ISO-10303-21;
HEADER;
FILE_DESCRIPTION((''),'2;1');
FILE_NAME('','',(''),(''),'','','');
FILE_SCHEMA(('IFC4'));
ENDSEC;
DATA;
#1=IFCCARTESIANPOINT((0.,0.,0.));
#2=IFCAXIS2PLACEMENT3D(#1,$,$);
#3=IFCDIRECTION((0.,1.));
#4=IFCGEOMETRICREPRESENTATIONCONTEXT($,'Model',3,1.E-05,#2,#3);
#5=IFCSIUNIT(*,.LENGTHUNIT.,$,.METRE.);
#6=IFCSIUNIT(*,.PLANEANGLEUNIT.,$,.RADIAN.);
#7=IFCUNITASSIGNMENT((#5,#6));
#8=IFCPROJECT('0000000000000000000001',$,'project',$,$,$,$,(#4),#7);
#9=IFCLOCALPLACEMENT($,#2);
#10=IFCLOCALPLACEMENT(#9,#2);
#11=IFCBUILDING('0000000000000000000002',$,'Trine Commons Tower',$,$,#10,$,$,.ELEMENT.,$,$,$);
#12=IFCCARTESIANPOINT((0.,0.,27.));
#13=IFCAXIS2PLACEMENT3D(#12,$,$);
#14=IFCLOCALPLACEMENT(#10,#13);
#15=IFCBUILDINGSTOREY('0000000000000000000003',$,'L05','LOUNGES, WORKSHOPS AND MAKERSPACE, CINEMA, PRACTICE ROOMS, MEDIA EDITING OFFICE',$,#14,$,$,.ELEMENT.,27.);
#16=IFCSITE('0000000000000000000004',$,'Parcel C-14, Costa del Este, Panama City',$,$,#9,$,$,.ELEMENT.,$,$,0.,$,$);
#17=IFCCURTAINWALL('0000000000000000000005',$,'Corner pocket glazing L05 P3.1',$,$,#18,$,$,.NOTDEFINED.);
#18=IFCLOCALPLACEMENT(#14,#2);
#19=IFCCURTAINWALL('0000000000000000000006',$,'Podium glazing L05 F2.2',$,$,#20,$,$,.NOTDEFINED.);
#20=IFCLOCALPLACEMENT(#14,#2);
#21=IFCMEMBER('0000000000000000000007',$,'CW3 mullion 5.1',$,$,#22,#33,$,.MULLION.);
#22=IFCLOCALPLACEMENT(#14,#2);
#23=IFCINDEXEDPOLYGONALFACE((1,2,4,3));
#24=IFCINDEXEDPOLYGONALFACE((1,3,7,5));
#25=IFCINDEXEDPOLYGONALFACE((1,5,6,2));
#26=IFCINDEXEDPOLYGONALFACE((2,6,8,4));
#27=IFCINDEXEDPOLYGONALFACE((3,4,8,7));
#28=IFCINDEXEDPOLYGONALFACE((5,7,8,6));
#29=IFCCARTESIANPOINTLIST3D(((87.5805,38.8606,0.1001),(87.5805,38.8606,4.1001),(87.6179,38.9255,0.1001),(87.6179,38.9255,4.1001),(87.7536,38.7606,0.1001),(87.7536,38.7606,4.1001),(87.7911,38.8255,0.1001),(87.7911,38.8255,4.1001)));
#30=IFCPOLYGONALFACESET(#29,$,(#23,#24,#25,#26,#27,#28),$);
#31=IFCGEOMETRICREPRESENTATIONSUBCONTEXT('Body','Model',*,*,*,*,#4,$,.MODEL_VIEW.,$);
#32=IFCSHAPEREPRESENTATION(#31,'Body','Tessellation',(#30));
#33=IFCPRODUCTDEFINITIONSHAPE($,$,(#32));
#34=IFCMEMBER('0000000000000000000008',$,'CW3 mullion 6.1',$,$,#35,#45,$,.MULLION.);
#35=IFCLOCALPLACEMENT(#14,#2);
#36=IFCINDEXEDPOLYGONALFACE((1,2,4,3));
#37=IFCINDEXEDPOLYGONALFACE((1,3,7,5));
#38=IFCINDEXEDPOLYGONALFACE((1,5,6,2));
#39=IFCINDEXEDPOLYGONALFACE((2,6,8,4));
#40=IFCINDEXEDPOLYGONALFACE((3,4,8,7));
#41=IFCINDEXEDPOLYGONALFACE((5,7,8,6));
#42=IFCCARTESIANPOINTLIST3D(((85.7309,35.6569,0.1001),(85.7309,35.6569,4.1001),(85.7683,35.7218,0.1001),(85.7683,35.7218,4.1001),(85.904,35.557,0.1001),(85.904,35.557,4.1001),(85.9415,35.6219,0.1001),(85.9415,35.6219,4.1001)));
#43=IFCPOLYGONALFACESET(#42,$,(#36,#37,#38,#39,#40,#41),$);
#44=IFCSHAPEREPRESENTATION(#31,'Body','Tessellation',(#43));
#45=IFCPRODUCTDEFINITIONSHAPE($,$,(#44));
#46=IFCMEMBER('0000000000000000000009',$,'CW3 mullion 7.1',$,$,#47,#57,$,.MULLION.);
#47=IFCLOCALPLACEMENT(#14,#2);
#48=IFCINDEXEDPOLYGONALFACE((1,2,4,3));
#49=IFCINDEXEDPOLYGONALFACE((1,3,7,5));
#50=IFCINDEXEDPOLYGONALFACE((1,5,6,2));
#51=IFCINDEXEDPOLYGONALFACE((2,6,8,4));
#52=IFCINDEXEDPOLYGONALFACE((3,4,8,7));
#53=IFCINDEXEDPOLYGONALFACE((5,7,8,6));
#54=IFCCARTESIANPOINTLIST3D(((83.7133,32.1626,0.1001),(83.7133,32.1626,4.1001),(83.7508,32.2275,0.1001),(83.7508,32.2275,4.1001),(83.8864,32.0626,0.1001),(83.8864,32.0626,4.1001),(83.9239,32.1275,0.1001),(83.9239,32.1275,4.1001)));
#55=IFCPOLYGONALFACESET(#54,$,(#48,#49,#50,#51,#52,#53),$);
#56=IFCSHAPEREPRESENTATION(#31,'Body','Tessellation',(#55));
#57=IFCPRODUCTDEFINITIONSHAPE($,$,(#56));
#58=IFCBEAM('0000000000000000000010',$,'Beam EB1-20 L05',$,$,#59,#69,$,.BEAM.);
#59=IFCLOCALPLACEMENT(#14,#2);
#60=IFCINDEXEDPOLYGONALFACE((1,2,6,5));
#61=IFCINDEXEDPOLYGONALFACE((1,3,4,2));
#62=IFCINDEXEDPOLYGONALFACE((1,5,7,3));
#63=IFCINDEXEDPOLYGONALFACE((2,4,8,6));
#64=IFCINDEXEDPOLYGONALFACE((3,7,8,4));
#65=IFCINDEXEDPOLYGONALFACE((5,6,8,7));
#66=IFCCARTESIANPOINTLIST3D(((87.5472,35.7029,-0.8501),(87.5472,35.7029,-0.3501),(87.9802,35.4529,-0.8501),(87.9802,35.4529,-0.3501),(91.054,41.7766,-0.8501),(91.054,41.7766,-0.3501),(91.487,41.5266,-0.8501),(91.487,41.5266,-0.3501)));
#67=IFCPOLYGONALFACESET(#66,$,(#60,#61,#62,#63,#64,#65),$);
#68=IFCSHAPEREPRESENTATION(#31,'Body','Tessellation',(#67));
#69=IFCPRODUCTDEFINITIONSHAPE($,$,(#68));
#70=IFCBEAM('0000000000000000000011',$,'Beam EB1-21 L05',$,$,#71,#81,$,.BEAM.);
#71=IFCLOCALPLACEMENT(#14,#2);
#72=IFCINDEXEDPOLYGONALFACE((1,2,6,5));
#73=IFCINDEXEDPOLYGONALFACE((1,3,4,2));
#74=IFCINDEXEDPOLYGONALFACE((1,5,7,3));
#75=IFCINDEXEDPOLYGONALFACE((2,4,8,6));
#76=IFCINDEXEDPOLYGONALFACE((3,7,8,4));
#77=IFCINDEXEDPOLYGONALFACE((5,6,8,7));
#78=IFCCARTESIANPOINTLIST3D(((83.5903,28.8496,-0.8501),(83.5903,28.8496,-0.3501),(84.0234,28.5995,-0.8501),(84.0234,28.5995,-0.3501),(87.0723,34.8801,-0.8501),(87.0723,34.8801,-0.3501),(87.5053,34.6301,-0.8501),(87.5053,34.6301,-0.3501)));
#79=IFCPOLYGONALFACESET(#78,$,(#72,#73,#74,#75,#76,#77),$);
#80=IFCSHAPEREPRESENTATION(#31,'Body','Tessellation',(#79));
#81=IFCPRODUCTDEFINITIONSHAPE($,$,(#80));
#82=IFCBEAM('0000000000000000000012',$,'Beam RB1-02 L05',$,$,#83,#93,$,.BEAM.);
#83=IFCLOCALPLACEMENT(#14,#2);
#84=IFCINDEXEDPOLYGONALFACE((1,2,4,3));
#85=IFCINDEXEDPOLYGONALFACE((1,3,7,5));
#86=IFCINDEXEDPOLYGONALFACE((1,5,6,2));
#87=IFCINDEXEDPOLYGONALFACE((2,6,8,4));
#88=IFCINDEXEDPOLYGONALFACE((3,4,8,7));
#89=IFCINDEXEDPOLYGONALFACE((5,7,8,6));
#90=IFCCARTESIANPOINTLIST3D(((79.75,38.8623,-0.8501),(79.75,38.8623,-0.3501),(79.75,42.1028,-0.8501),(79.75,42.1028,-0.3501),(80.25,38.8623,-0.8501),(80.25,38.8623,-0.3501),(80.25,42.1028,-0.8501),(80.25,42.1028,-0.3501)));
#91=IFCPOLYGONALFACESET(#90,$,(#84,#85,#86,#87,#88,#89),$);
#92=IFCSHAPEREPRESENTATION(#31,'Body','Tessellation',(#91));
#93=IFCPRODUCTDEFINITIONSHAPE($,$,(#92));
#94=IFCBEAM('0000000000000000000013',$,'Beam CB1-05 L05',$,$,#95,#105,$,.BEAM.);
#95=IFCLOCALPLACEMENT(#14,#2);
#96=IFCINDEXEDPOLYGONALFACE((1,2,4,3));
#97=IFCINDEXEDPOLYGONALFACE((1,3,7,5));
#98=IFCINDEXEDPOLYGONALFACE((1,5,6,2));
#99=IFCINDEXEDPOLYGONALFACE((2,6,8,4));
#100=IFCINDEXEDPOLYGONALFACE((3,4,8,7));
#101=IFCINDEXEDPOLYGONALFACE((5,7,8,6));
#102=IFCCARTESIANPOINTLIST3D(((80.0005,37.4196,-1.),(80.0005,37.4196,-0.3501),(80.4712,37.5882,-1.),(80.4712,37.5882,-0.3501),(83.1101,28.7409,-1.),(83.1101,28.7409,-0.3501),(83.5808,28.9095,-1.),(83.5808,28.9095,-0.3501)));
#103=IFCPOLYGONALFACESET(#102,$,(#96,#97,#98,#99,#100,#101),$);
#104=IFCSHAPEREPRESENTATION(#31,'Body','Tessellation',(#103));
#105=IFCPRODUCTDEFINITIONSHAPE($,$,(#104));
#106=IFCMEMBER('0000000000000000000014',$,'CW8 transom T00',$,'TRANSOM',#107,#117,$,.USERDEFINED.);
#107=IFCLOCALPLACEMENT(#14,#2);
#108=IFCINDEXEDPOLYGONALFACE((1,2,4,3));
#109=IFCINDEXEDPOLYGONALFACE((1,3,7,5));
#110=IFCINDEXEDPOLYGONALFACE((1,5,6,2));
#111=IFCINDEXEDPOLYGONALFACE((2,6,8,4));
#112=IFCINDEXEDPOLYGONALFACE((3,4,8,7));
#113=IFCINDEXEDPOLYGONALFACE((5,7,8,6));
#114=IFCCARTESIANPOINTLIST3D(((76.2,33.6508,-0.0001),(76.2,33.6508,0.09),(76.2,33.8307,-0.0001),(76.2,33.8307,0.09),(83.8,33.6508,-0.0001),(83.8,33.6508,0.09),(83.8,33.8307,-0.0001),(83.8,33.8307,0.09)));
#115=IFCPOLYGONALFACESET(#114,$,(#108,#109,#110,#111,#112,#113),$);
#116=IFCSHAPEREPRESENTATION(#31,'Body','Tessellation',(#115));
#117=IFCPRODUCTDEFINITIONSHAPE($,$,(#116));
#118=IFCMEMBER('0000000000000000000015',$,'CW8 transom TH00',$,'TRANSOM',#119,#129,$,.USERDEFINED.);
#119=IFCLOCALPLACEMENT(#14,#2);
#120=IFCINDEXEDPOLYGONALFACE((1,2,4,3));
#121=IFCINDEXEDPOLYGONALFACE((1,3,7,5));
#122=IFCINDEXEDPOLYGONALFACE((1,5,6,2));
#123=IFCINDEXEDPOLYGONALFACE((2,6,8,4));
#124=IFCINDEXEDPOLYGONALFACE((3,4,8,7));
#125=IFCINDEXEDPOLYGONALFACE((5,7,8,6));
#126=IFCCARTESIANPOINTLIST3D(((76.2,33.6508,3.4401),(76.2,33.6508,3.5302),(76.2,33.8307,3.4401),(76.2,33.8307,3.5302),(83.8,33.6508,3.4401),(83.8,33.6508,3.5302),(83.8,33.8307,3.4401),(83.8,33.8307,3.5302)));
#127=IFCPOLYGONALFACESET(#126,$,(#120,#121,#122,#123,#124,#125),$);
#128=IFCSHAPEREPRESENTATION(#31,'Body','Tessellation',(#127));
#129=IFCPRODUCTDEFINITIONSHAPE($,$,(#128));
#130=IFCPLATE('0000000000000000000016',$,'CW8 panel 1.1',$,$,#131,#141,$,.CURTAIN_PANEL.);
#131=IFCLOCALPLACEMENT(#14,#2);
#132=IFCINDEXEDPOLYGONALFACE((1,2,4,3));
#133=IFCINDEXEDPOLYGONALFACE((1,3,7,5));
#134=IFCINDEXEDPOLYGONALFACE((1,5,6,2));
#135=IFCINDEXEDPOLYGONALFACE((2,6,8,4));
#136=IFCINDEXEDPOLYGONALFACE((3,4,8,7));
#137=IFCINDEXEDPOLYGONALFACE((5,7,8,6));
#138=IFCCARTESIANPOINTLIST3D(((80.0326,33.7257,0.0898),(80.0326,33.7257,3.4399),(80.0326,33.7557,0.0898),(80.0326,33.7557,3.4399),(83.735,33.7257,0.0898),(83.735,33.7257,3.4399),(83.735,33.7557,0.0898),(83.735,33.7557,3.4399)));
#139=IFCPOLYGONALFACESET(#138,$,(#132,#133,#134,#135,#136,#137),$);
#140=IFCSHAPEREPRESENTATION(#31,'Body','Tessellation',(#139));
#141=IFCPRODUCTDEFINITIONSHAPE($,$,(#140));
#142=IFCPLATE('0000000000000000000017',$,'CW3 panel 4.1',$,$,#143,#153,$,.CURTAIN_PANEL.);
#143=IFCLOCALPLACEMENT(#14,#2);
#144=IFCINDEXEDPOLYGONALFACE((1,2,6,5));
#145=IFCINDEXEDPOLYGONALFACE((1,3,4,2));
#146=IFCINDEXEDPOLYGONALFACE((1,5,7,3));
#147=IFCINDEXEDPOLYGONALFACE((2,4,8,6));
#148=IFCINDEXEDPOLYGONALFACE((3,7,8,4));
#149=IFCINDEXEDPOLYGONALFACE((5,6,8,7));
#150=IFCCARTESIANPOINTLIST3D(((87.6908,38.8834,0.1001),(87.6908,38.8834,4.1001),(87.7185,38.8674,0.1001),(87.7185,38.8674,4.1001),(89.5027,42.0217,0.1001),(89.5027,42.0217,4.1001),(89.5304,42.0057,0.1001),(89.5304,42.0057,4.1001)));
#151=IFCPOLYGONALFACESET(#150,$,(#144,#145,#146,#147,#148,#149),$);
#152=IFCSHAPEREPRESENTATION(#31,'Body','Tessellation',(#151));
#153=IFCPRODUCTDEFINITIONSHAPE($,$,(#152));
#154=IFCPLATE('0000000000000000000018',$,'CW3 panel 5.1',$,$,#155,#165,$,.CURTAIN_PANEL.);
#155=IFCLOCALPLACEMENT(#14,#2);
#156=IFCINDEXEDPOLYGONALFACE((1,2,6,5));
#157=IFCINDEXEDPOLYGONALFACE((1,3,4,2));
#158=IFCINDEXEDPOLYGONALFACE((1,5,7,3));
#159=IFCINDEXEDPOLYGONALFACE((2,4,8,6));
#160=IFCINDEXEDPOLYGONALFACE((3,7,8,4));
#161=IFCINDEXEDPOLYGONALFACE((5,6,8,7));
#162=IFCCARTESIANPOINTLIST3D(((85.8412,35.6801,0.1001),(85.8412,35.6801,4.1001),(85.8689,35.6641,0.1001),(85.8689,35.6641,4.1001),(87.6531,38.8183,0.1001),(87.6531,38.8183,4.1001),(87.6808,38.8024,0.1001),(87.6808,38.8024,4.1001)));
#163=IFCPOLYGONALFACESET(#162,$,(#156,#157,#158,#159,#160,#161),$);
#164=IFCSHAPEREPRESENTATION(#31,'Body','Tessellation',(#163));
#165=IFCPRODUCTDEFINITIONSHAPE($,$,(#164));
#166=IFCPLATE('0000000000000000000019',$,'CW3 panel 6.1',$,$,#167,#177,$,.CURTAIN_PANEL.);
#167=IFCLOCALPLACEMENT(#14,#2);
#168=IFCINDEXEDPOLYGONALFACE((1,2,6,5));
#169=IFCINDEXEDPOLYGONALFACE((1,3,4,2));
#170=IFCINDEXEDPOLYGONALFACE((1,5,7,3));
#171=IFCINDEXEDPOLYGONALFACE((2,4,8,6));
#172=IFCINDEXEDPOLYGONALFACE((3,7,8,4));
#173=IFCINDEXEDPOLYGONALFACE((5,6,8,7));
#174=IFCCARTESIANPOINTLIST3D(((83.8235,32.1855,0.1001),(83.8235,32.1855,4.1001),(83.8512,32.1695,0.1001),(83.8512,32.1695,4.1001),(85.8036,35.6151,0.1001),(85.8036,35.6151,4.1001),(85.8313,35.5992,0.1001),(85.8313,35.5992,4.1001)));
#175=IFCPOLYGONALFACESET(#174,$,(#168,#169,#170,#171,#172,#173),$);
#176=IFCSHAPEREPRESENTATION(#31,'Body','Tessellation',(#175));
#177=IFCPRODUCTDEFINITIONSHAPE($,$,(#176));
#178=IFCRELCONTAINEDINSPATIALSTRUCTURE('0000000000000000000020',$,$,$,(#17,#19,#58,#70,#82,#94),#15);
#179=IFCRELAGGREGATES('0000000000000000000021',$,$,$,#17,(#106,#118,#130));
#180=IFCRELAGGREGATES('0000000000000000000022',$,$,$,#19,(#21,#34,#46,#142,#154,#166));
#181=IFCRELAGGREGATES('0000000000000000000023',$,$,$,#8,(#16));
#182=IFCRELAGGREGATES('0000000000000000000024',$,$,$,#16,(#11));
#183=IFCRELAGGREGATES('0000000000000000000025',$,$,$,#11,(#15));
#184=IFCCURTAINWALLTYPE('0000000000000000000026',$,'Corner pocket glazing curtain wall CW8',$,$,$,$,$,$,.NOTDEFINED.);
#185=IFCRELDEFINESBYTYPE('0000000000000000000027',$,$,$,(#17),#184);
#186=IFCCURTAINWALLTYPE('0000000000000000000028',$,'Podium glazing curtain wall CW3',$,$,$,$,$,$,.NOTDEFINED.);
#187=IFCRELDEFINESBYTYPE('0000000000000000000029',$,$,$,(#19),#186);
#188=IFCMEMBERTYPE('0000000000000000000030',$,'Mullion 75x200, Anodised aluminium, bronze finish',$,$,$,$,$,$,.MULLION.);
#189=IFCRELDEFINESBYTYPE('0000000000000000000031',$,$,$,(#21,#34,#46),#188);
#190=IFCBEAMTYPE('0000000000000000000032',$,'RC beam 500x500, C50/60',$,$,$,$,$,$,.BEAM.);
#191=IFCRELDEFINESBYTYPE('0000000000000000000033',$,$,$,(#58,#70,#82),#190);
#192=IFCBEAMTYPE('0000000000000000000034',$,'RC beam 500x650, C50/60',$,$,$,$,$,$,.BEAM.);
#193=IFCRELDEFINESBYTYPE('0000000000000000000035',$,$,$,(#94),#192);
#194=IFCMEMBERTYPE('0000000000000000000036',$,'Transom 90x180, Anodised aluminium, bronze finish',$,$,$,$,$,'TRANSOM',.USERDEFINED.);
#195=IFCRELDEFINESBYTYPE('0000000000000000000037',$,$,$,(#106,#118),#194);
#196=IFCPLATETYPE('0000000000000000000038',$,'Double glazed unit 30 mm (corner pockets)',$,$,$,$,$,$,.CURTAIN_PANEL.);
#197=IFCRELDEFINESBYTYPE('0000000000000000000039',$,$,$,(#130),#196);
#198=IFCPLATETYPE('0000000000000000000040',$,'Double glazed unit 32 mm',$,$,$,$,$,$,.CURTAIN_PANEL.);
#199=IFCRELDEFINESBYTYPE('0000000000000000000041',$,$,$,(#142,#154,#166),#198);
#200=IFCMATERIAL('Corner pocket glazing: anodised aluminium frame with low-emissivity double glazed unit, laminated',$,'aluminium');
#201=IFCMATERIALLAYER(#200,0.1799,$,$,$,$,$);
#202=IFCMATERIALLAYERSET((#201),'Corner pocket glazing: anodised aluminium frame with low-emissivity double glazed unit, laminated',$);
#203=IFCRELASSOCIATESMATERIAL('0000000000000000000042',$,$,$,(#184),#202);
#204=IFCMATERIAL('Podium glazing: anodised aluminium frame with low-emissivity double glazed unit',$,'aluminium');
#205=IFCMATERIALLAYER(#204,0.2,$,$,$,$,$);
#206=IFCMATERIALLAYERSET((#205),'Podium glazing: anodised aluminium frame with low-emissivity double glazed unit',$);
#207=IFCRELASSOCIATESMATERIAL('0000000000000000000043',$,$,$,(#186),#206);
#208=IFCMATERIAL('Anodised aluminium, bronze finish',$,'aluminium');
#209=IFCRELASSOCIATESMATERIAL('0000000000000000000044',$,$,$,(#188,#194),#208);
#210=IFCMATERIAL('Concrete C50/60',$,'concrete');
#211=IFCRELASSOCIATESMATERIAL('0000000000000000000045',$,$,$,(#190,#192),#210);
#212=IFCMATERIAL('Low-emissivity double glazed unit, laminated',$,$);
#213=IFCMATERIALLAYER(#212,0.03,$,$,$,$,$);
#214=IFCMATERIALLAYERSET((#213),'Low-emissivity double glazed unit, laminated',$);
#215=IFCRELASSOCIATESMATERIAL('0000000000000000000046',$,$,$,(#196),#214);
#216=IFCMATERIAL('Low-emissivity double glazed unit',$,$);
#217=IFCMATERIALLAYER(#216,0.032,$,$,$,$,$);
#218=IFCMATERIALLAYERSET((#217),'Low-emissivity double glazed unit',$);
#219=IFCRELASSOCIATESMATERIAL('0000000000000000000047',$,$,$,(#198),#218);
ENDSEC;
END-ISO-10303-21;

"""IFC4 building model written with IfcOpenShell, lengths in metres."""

from ifc_helpers import new_model, si_unit, direction, frame, origin, origin_2d, place, context, subcontext, project, spatial, rectangle, extrude, material, layer, layer_set, material_profile, profile_set, type_object, element, aggregate, save


model = new_model("IFC4")

# Units and contexts
model_context = context("Model", 3, precision=1e-05, world=origin(), true_north=direction((0.0, 1.0)))
body_context = subcontext(model_context, "Body", "Model", "MODEL_VIEW")
ifc_project = project(units=[si_unit("LENGTHUNIT", "METRE"), si_unit("PLANEANGLEUNIT", "RADIAN")], contexts=[model_context])

# Site, building, storey
site_placement = place(None, origin())
site = spatial("IfcSite", under=ifc_project, at=site_placement, Name="Parcel C-14, Costa del Este, Panama City", CompositionType="ELEMENT", RefElevation=0.0)
building_placement = place(site_placement, origin())
building = spatial("IfcBuilding", under=site, at=building_placement, Name="Trine Commons Tower", CompositionType="ELEMENT")
storey_placement = place(building_placement, frame((0.0, 0.0, 27.0)))
storey = spatial("IfcBuildingStorey", under=building, at=storey_placement, Name="L05", Description="LOUNGES, WORKSHOPS AND MAKERSPACE, CINEMA, PRACTICE ROOMS, MEDIA EDITING OFFICE", CompositionType="ELEMENT", Elevation=27.0)

# Curtain walls, members
ifc_material_1 = material(Name="Corner pocket glazing: anodised aluminium frame with low-emissivity double glazed unit, laminated", Category="aluminium")
ifc_layer_1 = layer(ifc_material_1, 0.1799)
ifc_layer_set_1 = layer_set([ifc_layer_1], Name="Corner pocket glazing: anodised aluminium frame with low-emissivity double glazed unit, laminated")
curtain_wall_type_1 = type_object("IfcCurtainWallType", Name="Corner pocket glazing curtain wall CW8", PredefinedType="NOTDEFINED", material=ifc_layer_set_1)
curtain_wall_1_placement = place(storey_placement, origin())
curtain_wall_1 = element("IfcCurtainWall", 1, at=curtain_wall_1_placement, inside=storey, type_object=curtain_wall_type_1, Name="Corner pocket glazing L05 P3.1", PredefinedType="NOTDEFINED")
ifc_material_2 = material(Name="Anodised aluminium, bronze finish", Category="aluminium")
ifc_material_3 = material(Name="Podium glazing: anodised aluminium frame with low-emissivity double glazed unit", Category="aluminium")
ifc_layer_2 = layer(ifc_material_3, 0.2)
ifc_layer_set_2 = layer_set([ifc_layer_2], Name="Podium glazing: anodised aluminium frame with low-emissivity double glazed unit")
curtain_wall_type_2 = type_object("IfcCurtainWallType", Name="Podium glazing curtain wall CW3", PredefinedType="NOTDEFINED", material=ifc_layer_set_2)
curtain_wall_2_placement = place(storey_placement, origin())
curtain_wall_2 = element("IfcCurtainWall", 2, at=curtain_wall_2_placement, inside=storey, type_object=curtain_wall_type_2, Name="Podium glazing L05 F2.2", PredefinedType="NOTDEFINED")
ifc_material_profile_1 = material_profile(ifc_material_2, rectangle(XDim=0.2, YDim=0.075, at=origin_2d()), Name="Mullion 75x200")
ifc_profile_set_1 = profile_set([ifc_material_profile_1], Name="Anodised aluminium, bronze finish")
member_type_1 = type_object("IfcMemberType", Name="Mullion 75x200, Anodised aluminium, bronze finish", PredefinedType="MULLION", material=ifc_profile_set_1)
member_1_placement = place(storey_placement, frame((87.6858, 38.843, 0.1001), z_axis=(0.0, 0.0, 1.0), x_axis=(0.866025, -0.5, 0.0)))
member_1 = element("IfcMember", 3, at=member_1_placement, type_object=member_type_1, Name="CW3 mullion 5.1", PredefinedType="MULLION", context=body_context, shape_type="SweptSolid", body=[
    extrude(rectangle(XDim=0.2, YDim=0.075, at=origin_2d()), origin(), (0.0, 0.0, 1.0), 4.0),
])
member_2_placement = place(storey_placement, frame((85.8362, 35.6394, 0.1001), z_axis=(0.0, 0.0, 1.0), x_axis=(0.866025, -0.5, 0.0)))
member_2 = element("IfcMember", 4, at=member_2_placement, type_object=member_type_1, Name="CW3 mullion 6.1", PredefinedType="MULLION", context=body_context, shape_type="SweptSolid", body=[
    extrude(rectangle(XDim=0.2, YDim=0.075, at=origin_2d()), origin(), (0.0, 0.0, 1.0), 4.0),
])
member_3_placement = place(storey_placement, frame((83.8186, 32.145, 0.1001), z_axis=(0.0, 0.0, 1.0), x_axis=(0.866025, -0.5, 0.0)))
member_3 = element("IfcMember", 5, at=member_3_placement, type_object=member_type_1, Name="CW3 mullion 7.1", PredefinedType="MULLION", context=body_context, shape_type="SweptSolid", body=[
    extrude(rectangle(XDim=0.2, YDim=0.075, at=origin_2d()), origin(), (0.0, 0.0, 1.0), 4.0),
])

# Beams
ifc_material_4 = material(Name="Concrete C50/60", Category="concrete")
ifc_material_profile_2 = material_profile(ifc_material_4, rectangle(XDim=0.5, YDim=0.5, at=origin_2d()), Name="RC 500x500")
ifc_profile_set_2 = profile_set([ifc_material_profile_2], Name="Concrete C50/60")
beam_type_1 = type_object("IfcBeamType", Name="RC beam 500x500, C50/60", PredefinedType="BEAM", material=ifc_profile_set_2)
beam_1_placement = place(storey_placement, frame((91.2705, 41.6516, -0.6001), z_axis=(-0.500018, -0.866015, 0.0), x_axis=(0.866015, -0.500018, 0.0)))
element("IfcBeam", 6, at=beam_1_placement, inside=storey, type_object=beam_type_1, Name="Beam EB1-20 L05", PredefinedType="BEAM", context=body_context, shape_type="SweptSolid", body=[
    extrude(rectangle(XDim=0.5, YDim=0.5, at=origin_2d()), origin(), (0.0, 0.0, 1.0), 7.0134),
])
beam_2_placement = place(storey_placement, frame((87.2888, 34.7551, -0.6001), z_axis=(-0.500023, -0.866012, 0.0), x_axis=(0.866012, -0.500023, 0.0)))
element("IfcBeam", 7, at=beam_2_placement, inside=storey, type_object=beam_type_1, Name="Beam EB1-21 L05", PredefinedType="BEAM", context=body_context, shape_type="SweptSolid", body=[
    extrude(rectangle(XDim=0.5, YDim=0.5, at=origin_2d()), origin(), (0.0, 0.0, 1.0), 6.9636),
])
beam_3_placement = place(storey_placement, frame((80.0, 42.1028, -0.6001), z_axis=(0.0, -1.0, 0.0), x_axis=(1.0, 0.0, 0.0)))
element("IfcBeam", 8, at=beam_3_placement, inside=storey, type_object=beam_type_1, Name="Beam RB1-02 L05", PredefinedType="BEAM", context=body_context, shape_type="SweptSolid", body=[
    extrude(rectangle(XDim=0.5, YDim=0.5, at=origin_2d()), origin(), (0.0, 0.0, 1.0), 3.2405),
])
ifc_material_profile_3 = material_profile(ifc_material_4, rectangle(XDim=0.5, YDim=0.6499, at=origin_2d()), Name="RC 500x650")
ifc_profile_set_3 = profile_set([ifc_material_profile_3], Name="Concrete C50/60")
beam_type_2 = type_object("IfcBeamType", Name="RC beam 500x650, C50/60", PredefinedType="BEAM", material=ifc_profile_set_3)
beam_4_placement = place(storey_placement, frame((83.3455, 28.8252, -0.675), z_axis=(-0.337306, 0.941395, 0.0), x_axis=(-0.941395, -0.337306, 0.0)))
element("IfcBeam", 9, at=beam_4_placement, inside=storey, type_object=beam_type_2, Name="Beam CB1-05 L05", PredefinedType="BEAM", context=body_context, shape_type="SweptSolid", body=[
    extrude(rectangle(XDim=0.5, YDim=0.6499, at=origin_2d()), origin(), (0.0, 0.0, 1.0), 9.219),
])

# Members
ifc_material_profile_4 = material_profile(ifc_material_2, rectangle(XDim=0.1799, YDim=0.0901, at=origin_2d()), Name="Transom 90x180")
ifc_profile_set_4 = profile_set([ifc_material_profile_4], Name="Anodised aluminium, bronze finish")
member_type_2 = type_object("IfcMemberType", Name="Transom 90x180, Anodised aluminium, bronze finish", ElementType="TRANSOM", PredefinedType="USERDEFINED", material=ifc_profile_set_4)
member_4_placement = place(storey_placement, frame((83.8, 33.7407, 0.0449), z_axis=(-1.0, 0.0, 0.0), x_axis=(0.0, -1.0, 0.0)))
member_4 = element("IfcMember", 10, at=member_4_placement, type_object=member_type_2, Name="CW8 transom T00", ObjectType="TRANSOM", PredefinedType="USERDEFINED", context=body_context, shape_type="SweptSolid", body=[
    extrude(rectangle(XDim=0.1799, YDim=0.0901, at=origin_2d()), origin(), (0.0, 0.0, 1.0), 7.6001),
])
member_5_placement = place(storey_placement, frame((83.8, 33.7407, 3.4851), z_axis=(-1.0, 0.0, 0.0), x_axis=(0.0, -1.0, 0.0)))
member_5 = element("IfcMember", 11, at=member_5_placement, type_object=member_type_2, Name="CW8 transom TH00", ObjectType="TRANSOM", PredefinedType="USERDEFINED", context=body_context, shape_type="SweptSolid", body=[
    extrude(rectangle(XDim=0.1799, YDim=0.0901, at=origin_2d()), origin(), (0.0, 0.0, 1.0), 7.6001),
])

# Plates
ifc_material_5 = material(Name="Low-emissivity double glazed unit, laminated")
ifc_layer_3 = layer(ifc_material_5, 0.03)
ifc_layer_set_3 = layer_set([ifc_layer_3], Name="Low-emissivity double glazed unit, laminated")
plate_type_1 = type_object("IfcPlateType", Name="Double glazed unit 30 mm (corner pockets)", PredefinedType="CURTAIN_PANEL", material=ifc_layer_set_3)
plate_1_placement = place(storey_placement, frame((81.8838, 33.7407, 0.0898), z_axis=(0.0, 0.0, 1.0), x_axis=(-1.0, 0.0, 0.0)))
plate_1 = element("IfcPlate", 12, at=plate_1_placement, type_object=plate_type_1, Name="CW8 panel 1.1", PredefinedType="CURTAIN_PANEL", context=body_context, shape_type="SweptSolid", body=[
    extrude(rectangle(XDim=3.7024, YDim=0.03, at=origin_2d()), origin(), (0.0, 0.0, 1.0), 3.3501),
])
aggregate(curtain_wall_1, [member_4, member_5, plate_1])
ifc_material_6 = material(Name="Low-emissivity double glazed unit")
ifc_layer_4 = layer(ifc_material_6, 0.032)
ifc_layer_set_4 = layer_set([ifc_layer_4], Name="Low-emissivity double glazed unit")
plate_type_2 = type_object("IfcPlateType", Name="Double glazed unit 32 mm", PredefinedType="CURTAIN_PANEL", material=ifc_layer_set_4)
plate_2_placement = place(storey_placement, frame((88.6106, 40.4446, 0.1001), z_axis=(0.0, 0.0, 1.0), x_axis=(-0.5, -0.866025, 0.0)))
plate_2 = element("IfcPlate", 13, at=plate_2_placement, type_object=plate_type_2, Name="CW3 panel 4.1", PredefinedType="CURTAIN_PANEL", context=body_context, shape_type="SweptSolid", body=[
    extrude(rectangle(XDim=3.6238, YDim=0.032, at=origin_2d()), origin(), (0.0, 0.0, 1.0), 4.0),
])
plate_3_placement = place(storey_placement, frame((86.761, 37.2412, 0.1001), z_axis=(0.0, 0.0, 1.0), x_axis=(-0.5, -0.866025, 0.0)))
plate_3 = element("IfcPlate", 14, at=plate_3_placement, type_object=plate_type_2, Name="CW3 panel 5.1", PredefinedType="CURTAIN_PANEL", context=body_context, shape_type="SweptSolid", body=[
    extrude(rectangle(XDim=3.6238, YDim=0.032, at=origin_2d()), origin(), (0.0, 0.0, 1.0), 4.0),
])
plate_4_placement = place(storey_placement, frame((84.8274, 33.8923, 0.1001), z_axis=(0.0, 0.0, 1.0), x_axis=(-0.5, -0.866025, 0.0)))
plate_4 = element("IfcPlate", 15, at=plate_4_placement, type_object=plate_type_2, Name="CW3 panel 6.1", PredefinedType="CURTAIN_PANEL", context=body_context, shape_type="SweptSolid", body=[
    extrude(rectangle(XDim=3.9602, YDim=0.032, at=origin_2d()), origin(), (0.0, 0.0, 1.0), 4.0),
])
aggregate(curtain_wall_2, [member_1, member_2, member_3, plate_2, plate_3, plate_4])

save(model, "model.ifc")
